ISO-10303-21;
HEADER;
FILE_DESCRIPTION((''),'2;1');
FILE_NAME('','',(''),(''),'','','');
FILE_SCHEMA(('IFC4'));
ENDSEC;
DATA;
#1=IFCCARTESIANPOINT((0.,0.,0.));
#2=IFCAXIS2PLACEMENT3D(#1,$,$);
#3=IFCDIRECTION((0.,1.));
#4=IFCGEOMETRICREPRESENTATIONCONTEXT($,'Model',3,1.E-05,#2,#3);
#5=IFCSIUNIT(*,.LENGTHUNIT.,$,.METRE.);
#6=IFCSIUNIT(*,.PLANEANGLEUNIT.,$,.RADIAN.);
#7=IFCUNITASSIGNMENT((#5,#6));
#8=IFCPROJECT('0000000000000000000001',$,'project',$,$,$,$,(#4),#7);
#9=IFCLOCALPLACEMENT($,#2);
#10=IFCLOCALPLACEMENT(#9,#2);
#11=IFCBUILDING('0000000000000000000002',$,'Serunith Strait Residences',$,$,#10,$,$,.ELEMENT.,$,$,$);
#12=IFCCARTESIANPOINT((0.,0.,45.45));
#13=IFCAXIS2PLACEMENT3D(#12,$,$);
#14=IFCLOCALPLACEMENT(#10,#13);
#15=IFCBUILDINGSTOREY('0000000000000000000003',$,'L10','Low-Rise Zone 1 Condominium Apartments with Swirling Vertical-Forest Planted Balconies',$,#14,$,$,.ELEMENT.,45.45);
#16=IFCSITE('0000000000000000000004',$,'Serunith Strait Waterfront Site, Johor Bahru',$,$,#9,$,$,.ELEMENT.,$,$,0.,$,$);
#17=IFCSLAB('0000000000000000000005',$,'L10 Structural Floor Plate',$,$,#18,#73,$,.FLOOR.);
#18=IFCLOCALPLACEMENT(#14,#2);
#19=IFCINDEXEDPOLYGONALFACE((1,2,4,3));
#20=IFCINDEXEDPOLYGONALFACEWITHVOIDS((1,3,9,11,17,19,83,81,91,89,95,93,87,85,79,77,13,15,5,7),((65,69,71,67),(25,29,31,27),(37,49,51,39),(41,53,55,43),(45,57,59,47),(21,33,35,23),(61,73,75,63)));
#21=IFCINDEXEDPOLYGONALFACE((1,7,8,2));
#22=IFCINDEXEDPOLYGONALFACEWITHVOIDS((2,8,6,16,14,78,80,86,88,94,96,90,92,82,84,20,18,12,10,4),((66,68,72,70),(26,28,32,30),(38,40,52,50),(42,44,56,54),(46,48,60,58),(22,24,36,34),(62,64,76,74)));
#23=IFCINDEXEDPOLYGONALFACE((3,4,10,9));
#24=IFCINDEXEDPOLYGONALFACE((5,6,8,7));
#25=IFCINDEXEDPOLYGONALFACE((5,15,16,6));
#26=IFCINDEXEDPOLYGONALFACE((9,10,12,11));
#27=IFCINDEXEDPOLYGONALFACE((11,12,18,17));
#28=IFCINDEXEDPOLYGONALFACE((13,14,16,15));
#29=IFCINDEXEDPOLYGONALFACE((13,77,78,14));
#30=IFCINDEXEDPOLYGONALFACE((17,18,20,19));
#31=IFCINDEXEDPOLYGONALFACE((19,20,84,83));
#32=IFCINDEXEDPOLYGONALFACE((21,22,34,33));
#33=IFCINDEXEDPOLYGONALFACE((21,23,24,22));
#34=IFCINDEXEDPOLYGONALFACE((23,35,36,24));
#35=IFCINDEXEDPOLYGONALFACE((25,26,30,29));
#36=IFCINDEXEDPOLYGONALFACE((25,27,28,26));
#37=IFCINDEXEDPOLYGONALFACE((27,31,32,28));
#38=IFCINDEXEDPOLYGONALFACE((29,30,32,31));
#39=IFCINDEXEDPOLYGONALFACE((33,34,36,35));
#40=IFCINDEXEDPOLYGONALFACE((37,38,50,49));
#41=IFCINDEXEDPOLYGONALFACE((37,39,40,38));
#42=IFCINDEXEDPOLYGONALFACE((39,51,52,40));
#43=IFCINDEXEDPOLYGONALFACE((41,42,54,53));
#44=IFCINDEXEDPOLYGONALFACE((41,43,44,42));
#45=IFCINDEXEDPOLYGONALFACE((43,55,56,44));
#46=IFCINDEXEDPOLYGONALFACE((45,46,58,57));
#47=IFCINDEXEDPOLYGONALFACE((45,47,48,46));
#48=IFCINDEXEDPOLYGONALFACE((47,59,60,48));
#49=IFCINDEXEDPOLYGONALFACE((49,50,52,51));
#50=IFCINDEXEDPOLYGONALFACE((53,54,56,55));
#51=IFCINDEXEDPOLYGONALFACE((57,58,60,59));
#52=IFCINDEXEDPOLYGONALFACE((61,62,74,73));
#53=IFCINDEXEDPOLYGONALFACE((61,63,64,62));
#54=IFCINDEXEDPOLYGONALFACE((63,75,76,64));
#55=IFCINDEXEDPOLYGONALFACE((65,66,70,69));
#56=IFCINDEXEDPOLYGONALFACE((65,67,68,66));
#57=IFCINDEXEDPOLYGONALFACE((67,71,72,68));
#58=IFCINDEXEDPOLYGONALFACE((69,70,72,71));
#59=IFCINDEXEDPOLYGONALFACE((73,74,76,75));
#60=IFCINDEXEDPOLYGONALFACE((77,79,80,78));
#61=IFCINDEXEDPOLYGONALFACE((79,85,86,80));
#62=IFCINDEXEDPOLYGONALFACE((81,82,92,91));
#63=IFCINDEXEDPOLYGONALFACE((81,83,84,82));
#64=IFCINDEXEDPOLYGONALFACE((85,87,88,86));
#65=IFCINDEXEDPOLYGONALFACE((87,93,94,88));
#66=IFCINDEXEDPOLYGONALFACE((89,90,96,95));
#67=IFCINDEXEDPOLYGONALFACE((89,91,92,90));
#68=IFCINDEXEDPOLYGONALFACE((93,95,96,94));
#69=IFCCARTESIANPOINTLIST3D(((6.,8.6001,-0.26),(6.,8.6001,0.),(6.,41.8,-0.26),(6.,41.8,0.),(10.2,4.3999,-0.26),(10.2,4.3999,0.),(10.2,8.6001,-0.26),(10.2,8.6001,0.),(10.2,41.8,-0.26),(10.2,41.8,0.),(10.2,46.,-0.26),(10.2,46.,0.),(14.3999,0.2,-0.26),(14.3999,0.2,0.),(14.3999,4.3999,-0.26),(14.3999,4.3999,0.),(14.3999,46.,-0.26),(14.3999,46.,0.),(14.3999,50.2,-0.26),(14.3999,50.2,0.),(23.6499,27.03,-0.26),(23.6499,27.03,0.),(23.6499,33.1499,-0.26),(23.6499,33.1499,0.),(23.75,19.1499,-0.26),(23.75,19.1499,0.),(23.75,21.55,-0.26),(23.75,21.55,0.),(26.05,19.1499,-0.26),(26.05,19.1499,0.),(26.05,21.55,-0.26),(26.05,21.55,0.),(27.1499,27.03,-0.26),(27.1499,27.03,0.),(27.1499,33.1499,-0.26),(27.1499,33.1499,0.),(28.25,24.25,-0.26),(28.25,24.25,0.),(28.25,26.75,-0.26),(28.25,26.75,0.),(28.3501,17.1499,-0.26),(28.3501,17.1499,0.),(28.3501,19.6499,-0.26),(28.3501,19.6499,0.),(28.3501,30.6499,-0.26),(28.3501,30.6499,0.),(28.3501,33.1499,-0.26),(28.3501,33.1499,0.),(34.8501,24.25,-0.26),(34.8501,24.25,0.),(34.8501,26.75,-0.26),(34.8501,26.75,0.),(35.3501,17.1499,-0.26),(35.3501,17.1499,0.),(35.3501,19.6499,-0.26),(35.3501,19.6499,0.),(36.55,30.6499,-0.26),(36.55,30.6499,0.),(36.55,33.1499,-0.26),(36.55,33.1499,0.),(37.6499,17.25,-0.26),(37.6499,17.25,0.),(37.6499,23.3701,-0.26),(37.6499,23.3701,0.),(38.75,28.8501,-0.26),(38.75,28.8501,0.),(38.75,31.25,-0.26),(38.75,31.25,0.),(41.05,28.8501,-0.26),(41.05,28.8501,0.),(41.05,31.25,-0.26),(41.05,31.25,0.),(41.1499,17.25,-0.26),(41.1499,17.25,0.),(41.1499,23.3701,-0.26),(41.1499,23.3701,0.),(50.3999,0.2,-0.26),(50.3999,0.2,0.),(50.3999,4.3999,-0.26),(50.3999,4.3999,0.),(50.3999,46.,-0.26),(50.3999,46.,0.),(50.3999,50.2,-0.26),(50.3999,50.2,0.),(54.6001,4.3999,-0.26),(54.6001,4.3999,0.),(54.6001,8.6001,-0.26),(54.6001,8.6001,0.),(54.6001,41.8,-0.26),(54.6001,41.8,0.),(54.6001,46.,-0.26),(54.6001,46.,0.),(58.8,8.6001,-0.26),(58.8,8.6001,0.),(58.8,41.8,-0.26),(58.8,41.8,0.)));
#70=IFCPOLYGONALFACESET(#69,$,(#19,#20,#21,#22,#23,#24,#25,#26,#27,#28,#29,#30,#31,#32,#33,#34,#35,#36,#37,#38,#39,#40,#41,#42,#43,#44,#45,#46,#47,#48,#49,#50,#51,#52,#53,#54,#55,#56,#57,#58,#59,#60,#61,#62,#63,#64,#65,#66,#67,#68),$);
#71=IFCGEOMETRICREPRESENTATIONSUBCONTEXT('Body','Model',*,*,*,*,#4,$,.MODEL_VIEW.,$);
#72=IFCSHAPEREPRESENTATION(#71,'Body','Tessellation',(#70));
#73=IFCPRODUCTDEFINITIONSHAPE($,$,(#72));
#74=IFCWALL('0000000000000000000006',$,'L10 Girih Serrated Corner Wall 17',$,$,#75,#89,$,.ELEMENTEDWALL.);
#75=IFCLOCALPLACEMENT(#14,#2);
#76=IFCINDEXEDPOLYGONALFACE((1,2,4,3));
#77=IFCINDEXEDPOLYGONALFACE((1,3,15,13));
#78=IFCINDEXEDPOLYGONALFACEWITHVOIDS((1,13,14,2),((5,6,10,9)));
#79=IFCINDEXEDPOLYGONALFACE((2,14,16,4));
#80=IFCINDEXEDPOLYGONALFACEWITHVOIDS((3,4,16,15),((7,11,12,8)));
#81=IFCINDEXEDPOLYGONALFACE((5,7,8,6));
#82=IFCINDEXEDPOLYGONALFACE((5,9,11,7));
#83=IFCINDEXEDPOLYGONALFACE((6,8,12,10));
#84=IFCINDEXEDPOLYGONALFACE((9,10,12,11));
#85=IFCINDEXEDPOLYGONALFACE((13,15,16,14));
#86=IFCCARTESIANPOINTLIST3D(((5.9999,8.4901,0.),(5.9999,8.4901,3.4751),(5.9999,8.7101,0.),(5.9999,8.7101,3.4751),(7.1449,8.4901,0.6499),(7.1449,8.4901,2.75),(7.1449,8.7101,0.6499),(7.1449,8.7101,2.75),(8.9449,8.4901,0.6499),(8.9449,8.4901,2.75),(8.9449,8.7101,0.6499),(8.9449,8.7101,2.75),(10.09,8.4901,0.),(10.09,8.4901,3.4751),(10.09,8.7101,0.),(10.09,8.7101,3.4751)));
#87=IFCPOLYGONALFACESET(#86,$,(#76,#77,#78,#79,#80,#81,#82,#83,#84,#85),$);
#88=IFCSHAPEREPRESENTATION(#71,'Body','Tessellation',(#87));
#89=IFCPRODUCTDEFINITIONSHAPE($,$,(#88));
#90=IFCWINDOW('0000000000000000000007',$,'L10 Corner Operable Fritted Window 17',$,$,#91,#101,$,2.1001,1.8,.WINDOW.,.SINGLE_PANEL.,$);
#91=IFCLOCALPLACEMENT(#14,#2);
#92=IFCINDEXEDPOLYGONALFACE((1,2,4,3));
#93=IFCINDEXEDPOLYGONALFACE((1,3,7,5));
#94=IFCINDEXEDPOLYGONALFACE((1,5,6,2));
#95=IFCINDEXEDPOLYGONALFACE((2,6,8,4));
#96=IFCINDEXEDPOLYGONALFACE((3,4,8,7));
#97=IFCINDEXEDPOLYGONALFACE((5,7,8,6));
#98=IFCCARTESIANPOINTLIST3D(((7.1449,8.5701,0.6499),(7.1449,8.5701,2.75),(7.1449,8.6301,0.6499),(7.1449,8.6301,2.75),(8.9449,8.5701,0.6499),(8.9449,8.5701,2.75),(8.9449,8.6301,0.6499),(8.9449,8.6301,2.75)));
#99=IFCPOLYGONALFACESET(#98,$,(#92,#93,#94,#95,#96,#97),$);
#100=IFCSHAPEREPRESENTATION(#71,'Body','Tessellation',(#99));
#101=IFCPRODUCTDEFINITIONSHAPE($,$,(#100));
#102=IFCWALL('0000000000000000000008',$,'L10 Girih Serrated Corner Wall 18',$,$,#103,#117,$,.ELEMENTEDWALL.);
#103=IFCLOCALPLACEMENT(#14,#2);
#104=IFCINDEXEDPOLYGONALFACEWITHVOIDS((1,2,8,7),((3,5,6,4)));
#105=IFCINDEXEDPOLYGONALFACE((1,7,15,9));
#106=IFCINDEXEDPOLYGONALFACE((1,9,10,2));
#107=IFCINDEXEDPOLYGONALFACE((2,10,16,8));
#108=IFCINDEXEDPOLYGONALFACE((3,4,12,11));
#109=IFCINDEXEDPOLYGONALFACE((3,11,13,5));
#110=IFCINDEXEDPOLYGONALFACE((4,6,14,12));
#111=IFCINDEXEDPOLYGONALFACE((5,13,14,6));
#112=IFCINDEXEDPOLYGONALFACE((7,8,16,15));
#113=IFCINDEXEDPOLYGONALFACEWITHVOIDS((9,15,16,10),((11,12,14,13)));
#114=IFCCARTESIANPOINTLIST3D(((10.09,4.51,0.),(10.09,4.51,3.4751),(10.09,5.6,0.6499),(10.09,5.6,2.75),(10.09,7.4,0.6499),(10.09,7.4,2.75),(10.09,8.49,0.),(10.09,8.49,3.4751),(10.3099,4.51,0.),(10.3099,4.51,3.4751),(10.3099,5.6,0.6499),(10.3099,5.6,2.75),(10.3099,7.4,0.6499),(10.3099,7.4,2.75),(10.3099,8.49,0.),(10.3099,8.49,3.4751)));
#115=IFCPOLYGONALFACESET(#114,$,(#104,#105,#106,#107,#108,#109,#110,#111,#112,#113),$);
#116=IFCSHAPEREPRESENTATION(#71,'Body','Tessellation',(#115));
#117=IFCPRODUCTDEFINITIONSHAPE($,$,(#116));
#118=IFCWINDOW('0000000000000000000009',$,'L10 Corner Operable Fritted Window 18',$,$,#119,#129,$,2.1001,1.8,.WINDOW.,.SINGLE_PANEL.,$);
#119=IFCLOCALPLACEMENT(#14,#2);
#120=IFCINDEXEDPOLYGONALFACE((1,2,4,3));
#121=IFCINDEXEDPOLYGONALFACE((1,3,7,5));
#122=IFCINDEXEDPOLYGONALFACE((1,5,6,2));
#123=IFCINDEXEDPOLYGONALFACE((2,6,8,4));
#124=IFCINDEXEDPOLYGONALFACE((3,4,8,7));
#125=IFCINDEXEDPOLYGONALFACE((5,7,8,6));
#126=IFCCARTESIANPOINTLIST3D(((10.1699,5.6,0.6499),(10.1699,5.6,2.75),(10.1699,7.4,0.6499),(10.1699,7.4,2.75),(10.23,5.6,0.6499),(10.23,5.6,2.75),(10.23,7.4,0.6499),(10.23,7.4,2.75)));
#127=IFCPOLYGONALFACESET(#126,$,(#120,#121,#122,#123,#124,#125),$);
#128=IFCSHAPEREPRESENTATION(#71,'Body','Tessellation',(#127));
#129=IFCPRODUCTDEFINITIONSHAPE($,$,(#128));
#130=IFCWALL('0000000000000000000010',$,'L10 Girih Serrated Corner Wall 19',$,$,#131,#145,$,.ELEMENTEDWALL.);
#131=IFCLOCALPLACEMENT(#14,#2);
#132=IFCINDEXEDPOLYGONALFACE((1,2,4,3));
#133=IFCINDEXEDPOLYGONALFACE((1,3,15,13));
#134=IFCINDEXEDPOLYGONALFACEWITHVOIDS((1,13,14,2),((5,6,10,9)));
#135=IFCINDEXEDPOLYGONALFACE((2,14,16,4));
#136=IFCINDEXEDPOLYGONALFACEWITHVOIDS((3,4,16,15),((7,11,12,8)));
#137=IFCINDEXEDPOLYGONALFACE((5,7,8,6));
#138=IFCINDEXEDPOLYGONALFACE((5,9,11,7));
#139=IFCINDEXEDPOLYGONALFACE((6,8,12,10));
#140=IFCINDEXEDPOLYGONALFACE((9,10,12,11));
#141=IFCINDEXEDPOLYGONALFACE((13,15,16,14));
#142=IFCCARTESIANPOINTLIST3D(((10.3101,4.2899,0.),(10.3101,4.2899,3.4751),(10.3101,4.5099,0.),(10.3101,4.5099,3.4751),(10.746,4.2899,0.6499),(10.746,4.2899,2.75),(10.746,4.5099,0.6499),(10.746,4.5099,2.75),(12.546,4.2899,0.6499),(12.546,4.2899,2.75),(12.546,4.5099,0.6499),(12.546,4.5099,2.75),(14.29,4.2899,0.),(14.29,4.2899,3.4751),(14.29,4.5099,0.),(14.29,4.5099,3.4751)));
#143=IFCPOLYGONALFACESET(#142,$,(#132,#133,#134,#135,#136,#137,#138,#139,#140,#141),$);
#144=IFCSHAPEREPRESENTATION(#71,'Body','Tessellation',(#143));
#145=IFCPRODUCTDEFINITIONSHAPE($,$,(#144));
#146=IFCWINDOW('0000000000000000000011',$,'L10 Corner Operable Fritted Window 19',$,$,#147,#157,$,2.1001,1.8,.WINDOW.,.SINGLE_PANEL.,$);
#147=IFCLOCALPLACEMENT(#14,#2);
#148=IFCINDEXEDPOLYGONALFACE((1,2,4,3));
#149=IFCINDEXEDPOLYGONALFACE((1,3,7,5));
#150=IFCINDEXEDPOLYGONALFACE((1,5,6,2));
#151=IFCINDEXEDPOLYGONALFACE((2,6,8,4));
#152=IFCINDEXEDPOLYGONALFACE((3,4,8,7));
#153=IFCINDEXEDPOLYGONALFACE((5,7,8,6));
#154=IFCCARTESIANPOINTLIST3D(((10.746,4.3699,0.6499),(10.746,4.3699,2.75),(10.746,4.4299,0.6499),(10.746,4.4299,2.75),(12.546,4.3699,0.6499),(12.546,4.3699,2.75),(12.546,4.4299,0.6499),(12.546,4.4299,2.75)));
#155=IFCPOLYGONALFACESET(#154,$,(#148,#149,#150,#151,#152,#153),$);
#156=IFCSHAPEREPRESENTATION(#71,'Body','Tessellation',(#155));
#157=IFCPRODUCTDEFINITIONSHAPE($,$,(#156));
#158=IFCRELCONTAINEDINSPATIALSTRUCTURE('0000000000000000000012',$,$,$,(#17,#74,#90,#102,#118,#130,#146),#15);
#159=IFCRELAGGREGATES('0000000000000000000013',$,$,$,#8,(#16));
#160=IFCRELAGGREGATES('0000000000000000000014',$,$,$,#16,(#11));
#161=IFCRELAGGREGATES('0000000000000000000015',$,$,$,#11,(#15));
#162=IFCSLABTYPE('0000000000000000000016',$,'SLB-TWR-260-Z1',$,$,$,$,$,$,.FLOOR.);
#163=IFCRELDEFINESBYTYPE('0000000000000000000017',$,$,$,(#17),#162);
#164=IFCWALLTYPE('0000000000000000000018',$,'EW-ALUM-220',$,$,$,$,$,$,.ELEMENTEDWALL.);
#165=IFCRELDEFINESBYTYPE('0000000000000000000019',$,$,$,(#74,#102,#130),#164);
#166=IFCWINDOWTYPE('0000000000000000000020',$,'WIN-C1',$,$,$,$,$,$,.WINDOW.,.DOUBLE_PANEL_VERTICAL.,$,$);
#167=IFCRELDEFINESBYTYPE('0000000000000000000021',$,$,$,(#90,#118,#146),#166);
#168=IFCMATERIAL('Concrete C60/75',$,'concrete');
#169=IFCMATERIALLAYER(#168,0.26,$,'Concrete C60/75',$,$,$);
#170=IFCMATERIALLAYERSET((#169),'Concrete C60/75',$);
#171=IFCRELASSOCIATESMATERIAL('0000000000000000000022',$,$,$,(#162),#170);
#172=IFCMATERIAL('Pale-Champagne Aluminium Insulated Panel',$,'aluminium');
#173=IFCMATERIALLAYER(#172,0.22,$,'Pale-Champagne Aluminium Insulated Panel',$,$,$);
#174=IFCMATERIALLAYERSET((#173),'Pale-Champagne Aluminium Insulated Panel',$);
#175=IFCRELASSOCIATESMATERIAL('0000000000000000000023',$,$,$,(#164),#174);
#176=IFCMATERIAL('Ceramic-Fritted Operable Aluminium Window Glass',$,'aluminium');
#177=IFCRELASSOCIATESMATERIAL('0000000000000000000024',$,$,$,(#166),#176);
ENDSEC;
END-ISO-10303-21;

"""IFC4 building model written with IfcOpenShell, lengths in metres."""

from ifc_helpers import new_model, si_unit, direction, frame, frame_2d, origin, place, context, subcontext, project, spatial, polyline, rectangle, outline, extrude, source, transform, mapped, material, layer, layer_set, type_object, element, fill, save


model = new_model("IFC4")

# Units and contexts
model_context = context("Model", 3, precision=1e-05, world=origin(), true_north=direction((0.0, 1.0)))
body_context = subcontext(model_context, "Body", "Model", "MODEL_VIEW")
ifc_project = project(units=[si_unit("LENGTHUNIT", "METRE"), si_unit("PLANEANGLEUNIT", "RADIAN")], contexts=[model_context])

# Site, building, storey
site_placement = place(None, origin())
site = spatial("IfcSite", under=ifc_project, at=site_placement, Name="Serunith Strait Waterfront Site, Johor Bahru", CompositionType="ELEMENT", RefElevation=0.0)
building_placement = place(site_placement, origin())
building = spatial("IfcBuilding", under=site, at=building_placement, Name="Serunith Strait Residences", CompositionType="ELEMENT")
storey_placement = place(building_placement, frame((0.0, 0.0, 45.45)))
storey = spatial("IfcBuildingStorey", under=building, at=storey_placement, Name="L10", Description="Low-Rise Zone 1 Condominium Apartments with Swirling Vertical-Forest Planted Balconies", CompositionType="ELEMENT", Elevation=45.45)

# Slab
ifc_material_1 = material(Name="Concrete C60/75", Category="concrete")
ifc_layer_1 = layer(ifc_material_1, 0.26, Name="Concrete C60/75")
ifc_layer_set_1 = layer_set([ifc_layer_1], Name="Concrete C60/75")
slab_type_1 = type_object("IfcSlabType", Name="SLB-TWR-260-Z1", PredefinedType="FLOOR", material=ifc_layer_set_1)
slab_1_placement = place(storey_placement, frame((0.0, 0.0, -0.26)))
element("IfcSlab", 1, at=slab_1_placement, inside=storey, type_object=slab_type_1, Name="L10 Structural Floor Plate", PredefinedType="FLOOR", context=body_context, shape_type="SweptSolid", body=[
    extrude(outline(polyline([(14.3999, 4.3999), (10.2, 4.3999), (10.2, 8.6001), (6.0, 8.6001), (6.0, 41.8), (10.2, 41.8), (10.2, 46.0), (14.3999, 46.0), (14.3999, 50.2), (50.3999, 50.2), (50.3999, 46.0), (54.6001, 46.0), (54.6001, 41.8), (58.8, 41.8), (58.8, 8.6001), (54.6001, 8.6001), (54.6001, 4.3999), (50.3999, 4.3999), (50.3999, 0.2), (14.3999, 0.2), (14.3999, 4.3999)]), holes=[polyline([(41.1499, 17.25), (41.1499, 23.3701), (37.6499, 23.3701), (37.6499, 17.25), (41.1499, 17.25)]), polyline([(41.05, 31.25), (38.75, 31.25), (38.75, 28.8501), (41.05, 28.8501), (41.05, 31.25)]), polyline([(36.55, 33.1499), (28.3501, 33.1499), (28.3501, 30.6499), (36.55, 30.6499), (36.55, 33.1499)]), polyline([(28.3501, 19.6499), (28.3501, 17.1499), (35.3501, 17.1499), (35.3501, 19.6499), (28.3501, 19.6499)]), polyline([(34.8501, 26.75), (28.25, 26.75), (28.25, 24.25), (34.8501, 24.25), (34.8501, 26.75)]), polyline([(23.6499, 33.1499), (23.6499, 27.03), (27.1499, 27.03), (27.1499, 33.1499), (23.6499, 33.1499)]), polyline([(26.05, 21.55), (23.75, 21.55), (23.75, 19.1499), (26.05, 19.1499), (26.05, 21.55)])]), origin(), (0.0, 0.0, 1.0), 0.26),
])

# Walls, openings, windows
ifc_material_2 = material(Name="Pale-Champagne Aluminium Insulated Panel", Category="aluminium")
ifc_layer_2 = layer(ifc_material_2, 0.22, Name="Pale-Champagne Aluminium Insulated Panel")
ifc_layer_set_2 = layer_set([ifc_layer_2], Name="Pale-Champagne Aluminium Insulated Panel")
wall_type_1 = type_object("IfcWallType", Name="EW-ALUM-220", PredefinedType="ELEMENTEDWALL", material=ifc_layer_set_2)
wall_1_placement = place(storey_placement, frame((6.0, 8.6001, 0.0), z_axis=(0.0, 0.0, 1.0), x_axis=(1.0, 0.0, 0.0)))
wall_1 = element("IfcWall", 2, at=wall_1_placement, inside=storey, type_object=wall_type_1, Name="L10 Girih Serrated Corner Wall 17", PredefinedType="ELEMENTEDWALL", context=body_context, shape_type="SweptSolid", body=[
    extrude(rectangle(XDim=4.0901, YDim=0.22, at=frame_2d((2.0449, 0.0))), origin(), (0.0, 0.0, 1.0), 3.4751),
])
opening_1_placement = place(wall_1_placement, frame((1.145, 0.0, 0.6499)))
opening_1 = element("IfcOpeningElement", 3, at=opening_1_placement, cuts=wall_1, PredefinedType="OPENING", context=body_context, shape_type="SweptSolid", body=[
    extrude(rectangle(XDim=1.8, YDim=2.1001, at=frame_2d((0.8999, 1.05))), frame((0.0, 0.1201, 0.0), z_axis=(0.0, -1.0, 0.0), x_axis=(1.0, 0.0, 0.0)), (0.0, 0.0, 1.0), 0.24),
])
ifc_material_3 = material(Name="Ceramic-Fritted Operable Aluminium Window Glass", Category="aluminium")
window_type = type_object("IfcWindowType", Name="WIN-C1", PartitioningType="DOUBLE_PANEL_VERTICAL", PredefinedType="WINDOW", material=ifc_material_3)
shared_shape_1 = source(origin(), body_context, "Body", "SweptSolid", [
    extrude(rectangle(XDim=1.8, YDim=2.1001, at=frame_2d((0.8999, 1.05))), frame((0.0, 0.03, 0.0), z_axis=(0.0, -1.0, 0.0), x_axis=(1.0, 0.0, 0.0)), (0.0, 0.0, 1.0), 0.0601),
])
window_1_placement = place(opening_1_placement, origin())
window_1 = element("IfcWindow", 4, at=window_1_placement, inside=storey, type_object=window_type, Name="L10 Corner Operable Fritted Window 17", OverallHeight=2.1001, OverallWidth=1.8, PartitioningType="SINGLE_PANEL", PredefinedType="WINDOW", context=body_context, shape_type="MappedRepresentation", body=[
    mapped(shared_shape_1, transform((0.0, 0.0, 0.0), scale=1.0)),
])
fill(opening_1, window_1)
wall_2_placement = place(storey_placement, frame((10.2, 8.49, 0.0), z_axis=(0.0, 0.0, 1.0), x_axis=(0.0, -1.0, 0.0)))
wall_2 = element("IfcWall", 5, at=wall_2_placement, inside=storey, type_object=wall_type_1, Name="L10 Girih Serrated Corner Wall 18", PredefinedType="ELEMENTEDWALL", context=body_context, shape_type="SweptSolid", body=[
    extrude(rectangle(XDim=3.98, YDim=0.22, at=frame_2d((1.99, 0.0))), origin(), (0.0, 0.0, 1.0), 3.4751),
])
opening_2_placement = place(wall_2_placement, frame((1.0901, 0.0, 0.6499)))
opening_2 = element("IfcOpeningElement", 6, at=opening_2_placement, cuts=wall_2, PredefinedType="OPENING", context=body_context, shape_type="SweptSolid", body=[
    extrude(rectangle(XDim=1.8, YDim=2.1001, at=frame_2d((0.8999, 1.05))), frame((0.0, 0.1201, 0.0), z_axis=(0.0, -1.0, 0.0), x_axis=(1.0, 0.0, 0.0)), (0.0, 0.0, 1.0), 0.24),
])
window_2_placement = place(opening_2_placement, origin())
window_2 = element("IfcWindow", 7, at=window_2_placement, inside=storey, type_object=window_type, Name="L10 Corner Operable Fritted Window 18", OverallHeight=2.1001, OverallWidth=1.8, PartitioningType="SINGLE_PANEL", PredefinedType="WINDOW", context=body_context, shape_type="MappedRepresentation", body=[
    mapped(shared_shape_1, transform((0.0, 0.0, 0.0), scale=1.0)),
])
fill(opening_2, window_2)
wall_3_placement = place(storey_placement, frame((10.3101, 4.3999, 0.0), z_axis=(0.0, 0.0, 1.0), x_axis=(1.0, 0.0, 0.0)))
wall_3 = element("IfcWall", 8, at=wall_3_placement, inside=storey, type_object=wall_type_1, Name="L10 Girih Serrated Corner Wall 19", PredefinedType="ELEMENTEDWALL", context=body_context, shape_type="SweptSolid", body=[
    extrude(rectangle(XDim=3.98, YDim=0.22, at=frame_2d((1.99, 0.0))), origin(), (0.0, 0.0, 1.0), 3.4751),
])
opening_3_placement = place(wall_3_placement, frame((0.436, 0.0, 0.6499)))
opening_3 = element("IfcOpeningElement", 9, at=opening_3_placement, cuts=wall_3, PredefinedType="OPENING", context=body_context, shape_type="SweptSolid", body=[
    extrude(rectangle(XDim=1.8, YDim=2.1001, at=frame_2d((0.8999, 1.05))), frame((0.0, 0.1201, 0.0), z_axis=(0.0, -1.0, 0.0), x_axis=(1.0, 0.0, 0.0)), (0.0, 0.0, 1.0), 0.24),
])
window_3_placement = place(opening_3_placement, origin())
window_3 = element("IfcWindow", 10, at=window_3_placement, inside=storey, type_object=window_type, Name="L10 Corner Operable Fritted Window 19", OverallHeight=2.1001, OverallWidth=1.8, PartitioningType="SINGLE_PANEL", PredefinedType="WINDOW", context=body_context, shape_type="MappedRepresentation", body=[
    mapped(shared_shape_1, transform((0.0, 0.0, 0.0), scale=1.0)),
])
fill(opening_3, window_3)

save(model, "model.ifc")
